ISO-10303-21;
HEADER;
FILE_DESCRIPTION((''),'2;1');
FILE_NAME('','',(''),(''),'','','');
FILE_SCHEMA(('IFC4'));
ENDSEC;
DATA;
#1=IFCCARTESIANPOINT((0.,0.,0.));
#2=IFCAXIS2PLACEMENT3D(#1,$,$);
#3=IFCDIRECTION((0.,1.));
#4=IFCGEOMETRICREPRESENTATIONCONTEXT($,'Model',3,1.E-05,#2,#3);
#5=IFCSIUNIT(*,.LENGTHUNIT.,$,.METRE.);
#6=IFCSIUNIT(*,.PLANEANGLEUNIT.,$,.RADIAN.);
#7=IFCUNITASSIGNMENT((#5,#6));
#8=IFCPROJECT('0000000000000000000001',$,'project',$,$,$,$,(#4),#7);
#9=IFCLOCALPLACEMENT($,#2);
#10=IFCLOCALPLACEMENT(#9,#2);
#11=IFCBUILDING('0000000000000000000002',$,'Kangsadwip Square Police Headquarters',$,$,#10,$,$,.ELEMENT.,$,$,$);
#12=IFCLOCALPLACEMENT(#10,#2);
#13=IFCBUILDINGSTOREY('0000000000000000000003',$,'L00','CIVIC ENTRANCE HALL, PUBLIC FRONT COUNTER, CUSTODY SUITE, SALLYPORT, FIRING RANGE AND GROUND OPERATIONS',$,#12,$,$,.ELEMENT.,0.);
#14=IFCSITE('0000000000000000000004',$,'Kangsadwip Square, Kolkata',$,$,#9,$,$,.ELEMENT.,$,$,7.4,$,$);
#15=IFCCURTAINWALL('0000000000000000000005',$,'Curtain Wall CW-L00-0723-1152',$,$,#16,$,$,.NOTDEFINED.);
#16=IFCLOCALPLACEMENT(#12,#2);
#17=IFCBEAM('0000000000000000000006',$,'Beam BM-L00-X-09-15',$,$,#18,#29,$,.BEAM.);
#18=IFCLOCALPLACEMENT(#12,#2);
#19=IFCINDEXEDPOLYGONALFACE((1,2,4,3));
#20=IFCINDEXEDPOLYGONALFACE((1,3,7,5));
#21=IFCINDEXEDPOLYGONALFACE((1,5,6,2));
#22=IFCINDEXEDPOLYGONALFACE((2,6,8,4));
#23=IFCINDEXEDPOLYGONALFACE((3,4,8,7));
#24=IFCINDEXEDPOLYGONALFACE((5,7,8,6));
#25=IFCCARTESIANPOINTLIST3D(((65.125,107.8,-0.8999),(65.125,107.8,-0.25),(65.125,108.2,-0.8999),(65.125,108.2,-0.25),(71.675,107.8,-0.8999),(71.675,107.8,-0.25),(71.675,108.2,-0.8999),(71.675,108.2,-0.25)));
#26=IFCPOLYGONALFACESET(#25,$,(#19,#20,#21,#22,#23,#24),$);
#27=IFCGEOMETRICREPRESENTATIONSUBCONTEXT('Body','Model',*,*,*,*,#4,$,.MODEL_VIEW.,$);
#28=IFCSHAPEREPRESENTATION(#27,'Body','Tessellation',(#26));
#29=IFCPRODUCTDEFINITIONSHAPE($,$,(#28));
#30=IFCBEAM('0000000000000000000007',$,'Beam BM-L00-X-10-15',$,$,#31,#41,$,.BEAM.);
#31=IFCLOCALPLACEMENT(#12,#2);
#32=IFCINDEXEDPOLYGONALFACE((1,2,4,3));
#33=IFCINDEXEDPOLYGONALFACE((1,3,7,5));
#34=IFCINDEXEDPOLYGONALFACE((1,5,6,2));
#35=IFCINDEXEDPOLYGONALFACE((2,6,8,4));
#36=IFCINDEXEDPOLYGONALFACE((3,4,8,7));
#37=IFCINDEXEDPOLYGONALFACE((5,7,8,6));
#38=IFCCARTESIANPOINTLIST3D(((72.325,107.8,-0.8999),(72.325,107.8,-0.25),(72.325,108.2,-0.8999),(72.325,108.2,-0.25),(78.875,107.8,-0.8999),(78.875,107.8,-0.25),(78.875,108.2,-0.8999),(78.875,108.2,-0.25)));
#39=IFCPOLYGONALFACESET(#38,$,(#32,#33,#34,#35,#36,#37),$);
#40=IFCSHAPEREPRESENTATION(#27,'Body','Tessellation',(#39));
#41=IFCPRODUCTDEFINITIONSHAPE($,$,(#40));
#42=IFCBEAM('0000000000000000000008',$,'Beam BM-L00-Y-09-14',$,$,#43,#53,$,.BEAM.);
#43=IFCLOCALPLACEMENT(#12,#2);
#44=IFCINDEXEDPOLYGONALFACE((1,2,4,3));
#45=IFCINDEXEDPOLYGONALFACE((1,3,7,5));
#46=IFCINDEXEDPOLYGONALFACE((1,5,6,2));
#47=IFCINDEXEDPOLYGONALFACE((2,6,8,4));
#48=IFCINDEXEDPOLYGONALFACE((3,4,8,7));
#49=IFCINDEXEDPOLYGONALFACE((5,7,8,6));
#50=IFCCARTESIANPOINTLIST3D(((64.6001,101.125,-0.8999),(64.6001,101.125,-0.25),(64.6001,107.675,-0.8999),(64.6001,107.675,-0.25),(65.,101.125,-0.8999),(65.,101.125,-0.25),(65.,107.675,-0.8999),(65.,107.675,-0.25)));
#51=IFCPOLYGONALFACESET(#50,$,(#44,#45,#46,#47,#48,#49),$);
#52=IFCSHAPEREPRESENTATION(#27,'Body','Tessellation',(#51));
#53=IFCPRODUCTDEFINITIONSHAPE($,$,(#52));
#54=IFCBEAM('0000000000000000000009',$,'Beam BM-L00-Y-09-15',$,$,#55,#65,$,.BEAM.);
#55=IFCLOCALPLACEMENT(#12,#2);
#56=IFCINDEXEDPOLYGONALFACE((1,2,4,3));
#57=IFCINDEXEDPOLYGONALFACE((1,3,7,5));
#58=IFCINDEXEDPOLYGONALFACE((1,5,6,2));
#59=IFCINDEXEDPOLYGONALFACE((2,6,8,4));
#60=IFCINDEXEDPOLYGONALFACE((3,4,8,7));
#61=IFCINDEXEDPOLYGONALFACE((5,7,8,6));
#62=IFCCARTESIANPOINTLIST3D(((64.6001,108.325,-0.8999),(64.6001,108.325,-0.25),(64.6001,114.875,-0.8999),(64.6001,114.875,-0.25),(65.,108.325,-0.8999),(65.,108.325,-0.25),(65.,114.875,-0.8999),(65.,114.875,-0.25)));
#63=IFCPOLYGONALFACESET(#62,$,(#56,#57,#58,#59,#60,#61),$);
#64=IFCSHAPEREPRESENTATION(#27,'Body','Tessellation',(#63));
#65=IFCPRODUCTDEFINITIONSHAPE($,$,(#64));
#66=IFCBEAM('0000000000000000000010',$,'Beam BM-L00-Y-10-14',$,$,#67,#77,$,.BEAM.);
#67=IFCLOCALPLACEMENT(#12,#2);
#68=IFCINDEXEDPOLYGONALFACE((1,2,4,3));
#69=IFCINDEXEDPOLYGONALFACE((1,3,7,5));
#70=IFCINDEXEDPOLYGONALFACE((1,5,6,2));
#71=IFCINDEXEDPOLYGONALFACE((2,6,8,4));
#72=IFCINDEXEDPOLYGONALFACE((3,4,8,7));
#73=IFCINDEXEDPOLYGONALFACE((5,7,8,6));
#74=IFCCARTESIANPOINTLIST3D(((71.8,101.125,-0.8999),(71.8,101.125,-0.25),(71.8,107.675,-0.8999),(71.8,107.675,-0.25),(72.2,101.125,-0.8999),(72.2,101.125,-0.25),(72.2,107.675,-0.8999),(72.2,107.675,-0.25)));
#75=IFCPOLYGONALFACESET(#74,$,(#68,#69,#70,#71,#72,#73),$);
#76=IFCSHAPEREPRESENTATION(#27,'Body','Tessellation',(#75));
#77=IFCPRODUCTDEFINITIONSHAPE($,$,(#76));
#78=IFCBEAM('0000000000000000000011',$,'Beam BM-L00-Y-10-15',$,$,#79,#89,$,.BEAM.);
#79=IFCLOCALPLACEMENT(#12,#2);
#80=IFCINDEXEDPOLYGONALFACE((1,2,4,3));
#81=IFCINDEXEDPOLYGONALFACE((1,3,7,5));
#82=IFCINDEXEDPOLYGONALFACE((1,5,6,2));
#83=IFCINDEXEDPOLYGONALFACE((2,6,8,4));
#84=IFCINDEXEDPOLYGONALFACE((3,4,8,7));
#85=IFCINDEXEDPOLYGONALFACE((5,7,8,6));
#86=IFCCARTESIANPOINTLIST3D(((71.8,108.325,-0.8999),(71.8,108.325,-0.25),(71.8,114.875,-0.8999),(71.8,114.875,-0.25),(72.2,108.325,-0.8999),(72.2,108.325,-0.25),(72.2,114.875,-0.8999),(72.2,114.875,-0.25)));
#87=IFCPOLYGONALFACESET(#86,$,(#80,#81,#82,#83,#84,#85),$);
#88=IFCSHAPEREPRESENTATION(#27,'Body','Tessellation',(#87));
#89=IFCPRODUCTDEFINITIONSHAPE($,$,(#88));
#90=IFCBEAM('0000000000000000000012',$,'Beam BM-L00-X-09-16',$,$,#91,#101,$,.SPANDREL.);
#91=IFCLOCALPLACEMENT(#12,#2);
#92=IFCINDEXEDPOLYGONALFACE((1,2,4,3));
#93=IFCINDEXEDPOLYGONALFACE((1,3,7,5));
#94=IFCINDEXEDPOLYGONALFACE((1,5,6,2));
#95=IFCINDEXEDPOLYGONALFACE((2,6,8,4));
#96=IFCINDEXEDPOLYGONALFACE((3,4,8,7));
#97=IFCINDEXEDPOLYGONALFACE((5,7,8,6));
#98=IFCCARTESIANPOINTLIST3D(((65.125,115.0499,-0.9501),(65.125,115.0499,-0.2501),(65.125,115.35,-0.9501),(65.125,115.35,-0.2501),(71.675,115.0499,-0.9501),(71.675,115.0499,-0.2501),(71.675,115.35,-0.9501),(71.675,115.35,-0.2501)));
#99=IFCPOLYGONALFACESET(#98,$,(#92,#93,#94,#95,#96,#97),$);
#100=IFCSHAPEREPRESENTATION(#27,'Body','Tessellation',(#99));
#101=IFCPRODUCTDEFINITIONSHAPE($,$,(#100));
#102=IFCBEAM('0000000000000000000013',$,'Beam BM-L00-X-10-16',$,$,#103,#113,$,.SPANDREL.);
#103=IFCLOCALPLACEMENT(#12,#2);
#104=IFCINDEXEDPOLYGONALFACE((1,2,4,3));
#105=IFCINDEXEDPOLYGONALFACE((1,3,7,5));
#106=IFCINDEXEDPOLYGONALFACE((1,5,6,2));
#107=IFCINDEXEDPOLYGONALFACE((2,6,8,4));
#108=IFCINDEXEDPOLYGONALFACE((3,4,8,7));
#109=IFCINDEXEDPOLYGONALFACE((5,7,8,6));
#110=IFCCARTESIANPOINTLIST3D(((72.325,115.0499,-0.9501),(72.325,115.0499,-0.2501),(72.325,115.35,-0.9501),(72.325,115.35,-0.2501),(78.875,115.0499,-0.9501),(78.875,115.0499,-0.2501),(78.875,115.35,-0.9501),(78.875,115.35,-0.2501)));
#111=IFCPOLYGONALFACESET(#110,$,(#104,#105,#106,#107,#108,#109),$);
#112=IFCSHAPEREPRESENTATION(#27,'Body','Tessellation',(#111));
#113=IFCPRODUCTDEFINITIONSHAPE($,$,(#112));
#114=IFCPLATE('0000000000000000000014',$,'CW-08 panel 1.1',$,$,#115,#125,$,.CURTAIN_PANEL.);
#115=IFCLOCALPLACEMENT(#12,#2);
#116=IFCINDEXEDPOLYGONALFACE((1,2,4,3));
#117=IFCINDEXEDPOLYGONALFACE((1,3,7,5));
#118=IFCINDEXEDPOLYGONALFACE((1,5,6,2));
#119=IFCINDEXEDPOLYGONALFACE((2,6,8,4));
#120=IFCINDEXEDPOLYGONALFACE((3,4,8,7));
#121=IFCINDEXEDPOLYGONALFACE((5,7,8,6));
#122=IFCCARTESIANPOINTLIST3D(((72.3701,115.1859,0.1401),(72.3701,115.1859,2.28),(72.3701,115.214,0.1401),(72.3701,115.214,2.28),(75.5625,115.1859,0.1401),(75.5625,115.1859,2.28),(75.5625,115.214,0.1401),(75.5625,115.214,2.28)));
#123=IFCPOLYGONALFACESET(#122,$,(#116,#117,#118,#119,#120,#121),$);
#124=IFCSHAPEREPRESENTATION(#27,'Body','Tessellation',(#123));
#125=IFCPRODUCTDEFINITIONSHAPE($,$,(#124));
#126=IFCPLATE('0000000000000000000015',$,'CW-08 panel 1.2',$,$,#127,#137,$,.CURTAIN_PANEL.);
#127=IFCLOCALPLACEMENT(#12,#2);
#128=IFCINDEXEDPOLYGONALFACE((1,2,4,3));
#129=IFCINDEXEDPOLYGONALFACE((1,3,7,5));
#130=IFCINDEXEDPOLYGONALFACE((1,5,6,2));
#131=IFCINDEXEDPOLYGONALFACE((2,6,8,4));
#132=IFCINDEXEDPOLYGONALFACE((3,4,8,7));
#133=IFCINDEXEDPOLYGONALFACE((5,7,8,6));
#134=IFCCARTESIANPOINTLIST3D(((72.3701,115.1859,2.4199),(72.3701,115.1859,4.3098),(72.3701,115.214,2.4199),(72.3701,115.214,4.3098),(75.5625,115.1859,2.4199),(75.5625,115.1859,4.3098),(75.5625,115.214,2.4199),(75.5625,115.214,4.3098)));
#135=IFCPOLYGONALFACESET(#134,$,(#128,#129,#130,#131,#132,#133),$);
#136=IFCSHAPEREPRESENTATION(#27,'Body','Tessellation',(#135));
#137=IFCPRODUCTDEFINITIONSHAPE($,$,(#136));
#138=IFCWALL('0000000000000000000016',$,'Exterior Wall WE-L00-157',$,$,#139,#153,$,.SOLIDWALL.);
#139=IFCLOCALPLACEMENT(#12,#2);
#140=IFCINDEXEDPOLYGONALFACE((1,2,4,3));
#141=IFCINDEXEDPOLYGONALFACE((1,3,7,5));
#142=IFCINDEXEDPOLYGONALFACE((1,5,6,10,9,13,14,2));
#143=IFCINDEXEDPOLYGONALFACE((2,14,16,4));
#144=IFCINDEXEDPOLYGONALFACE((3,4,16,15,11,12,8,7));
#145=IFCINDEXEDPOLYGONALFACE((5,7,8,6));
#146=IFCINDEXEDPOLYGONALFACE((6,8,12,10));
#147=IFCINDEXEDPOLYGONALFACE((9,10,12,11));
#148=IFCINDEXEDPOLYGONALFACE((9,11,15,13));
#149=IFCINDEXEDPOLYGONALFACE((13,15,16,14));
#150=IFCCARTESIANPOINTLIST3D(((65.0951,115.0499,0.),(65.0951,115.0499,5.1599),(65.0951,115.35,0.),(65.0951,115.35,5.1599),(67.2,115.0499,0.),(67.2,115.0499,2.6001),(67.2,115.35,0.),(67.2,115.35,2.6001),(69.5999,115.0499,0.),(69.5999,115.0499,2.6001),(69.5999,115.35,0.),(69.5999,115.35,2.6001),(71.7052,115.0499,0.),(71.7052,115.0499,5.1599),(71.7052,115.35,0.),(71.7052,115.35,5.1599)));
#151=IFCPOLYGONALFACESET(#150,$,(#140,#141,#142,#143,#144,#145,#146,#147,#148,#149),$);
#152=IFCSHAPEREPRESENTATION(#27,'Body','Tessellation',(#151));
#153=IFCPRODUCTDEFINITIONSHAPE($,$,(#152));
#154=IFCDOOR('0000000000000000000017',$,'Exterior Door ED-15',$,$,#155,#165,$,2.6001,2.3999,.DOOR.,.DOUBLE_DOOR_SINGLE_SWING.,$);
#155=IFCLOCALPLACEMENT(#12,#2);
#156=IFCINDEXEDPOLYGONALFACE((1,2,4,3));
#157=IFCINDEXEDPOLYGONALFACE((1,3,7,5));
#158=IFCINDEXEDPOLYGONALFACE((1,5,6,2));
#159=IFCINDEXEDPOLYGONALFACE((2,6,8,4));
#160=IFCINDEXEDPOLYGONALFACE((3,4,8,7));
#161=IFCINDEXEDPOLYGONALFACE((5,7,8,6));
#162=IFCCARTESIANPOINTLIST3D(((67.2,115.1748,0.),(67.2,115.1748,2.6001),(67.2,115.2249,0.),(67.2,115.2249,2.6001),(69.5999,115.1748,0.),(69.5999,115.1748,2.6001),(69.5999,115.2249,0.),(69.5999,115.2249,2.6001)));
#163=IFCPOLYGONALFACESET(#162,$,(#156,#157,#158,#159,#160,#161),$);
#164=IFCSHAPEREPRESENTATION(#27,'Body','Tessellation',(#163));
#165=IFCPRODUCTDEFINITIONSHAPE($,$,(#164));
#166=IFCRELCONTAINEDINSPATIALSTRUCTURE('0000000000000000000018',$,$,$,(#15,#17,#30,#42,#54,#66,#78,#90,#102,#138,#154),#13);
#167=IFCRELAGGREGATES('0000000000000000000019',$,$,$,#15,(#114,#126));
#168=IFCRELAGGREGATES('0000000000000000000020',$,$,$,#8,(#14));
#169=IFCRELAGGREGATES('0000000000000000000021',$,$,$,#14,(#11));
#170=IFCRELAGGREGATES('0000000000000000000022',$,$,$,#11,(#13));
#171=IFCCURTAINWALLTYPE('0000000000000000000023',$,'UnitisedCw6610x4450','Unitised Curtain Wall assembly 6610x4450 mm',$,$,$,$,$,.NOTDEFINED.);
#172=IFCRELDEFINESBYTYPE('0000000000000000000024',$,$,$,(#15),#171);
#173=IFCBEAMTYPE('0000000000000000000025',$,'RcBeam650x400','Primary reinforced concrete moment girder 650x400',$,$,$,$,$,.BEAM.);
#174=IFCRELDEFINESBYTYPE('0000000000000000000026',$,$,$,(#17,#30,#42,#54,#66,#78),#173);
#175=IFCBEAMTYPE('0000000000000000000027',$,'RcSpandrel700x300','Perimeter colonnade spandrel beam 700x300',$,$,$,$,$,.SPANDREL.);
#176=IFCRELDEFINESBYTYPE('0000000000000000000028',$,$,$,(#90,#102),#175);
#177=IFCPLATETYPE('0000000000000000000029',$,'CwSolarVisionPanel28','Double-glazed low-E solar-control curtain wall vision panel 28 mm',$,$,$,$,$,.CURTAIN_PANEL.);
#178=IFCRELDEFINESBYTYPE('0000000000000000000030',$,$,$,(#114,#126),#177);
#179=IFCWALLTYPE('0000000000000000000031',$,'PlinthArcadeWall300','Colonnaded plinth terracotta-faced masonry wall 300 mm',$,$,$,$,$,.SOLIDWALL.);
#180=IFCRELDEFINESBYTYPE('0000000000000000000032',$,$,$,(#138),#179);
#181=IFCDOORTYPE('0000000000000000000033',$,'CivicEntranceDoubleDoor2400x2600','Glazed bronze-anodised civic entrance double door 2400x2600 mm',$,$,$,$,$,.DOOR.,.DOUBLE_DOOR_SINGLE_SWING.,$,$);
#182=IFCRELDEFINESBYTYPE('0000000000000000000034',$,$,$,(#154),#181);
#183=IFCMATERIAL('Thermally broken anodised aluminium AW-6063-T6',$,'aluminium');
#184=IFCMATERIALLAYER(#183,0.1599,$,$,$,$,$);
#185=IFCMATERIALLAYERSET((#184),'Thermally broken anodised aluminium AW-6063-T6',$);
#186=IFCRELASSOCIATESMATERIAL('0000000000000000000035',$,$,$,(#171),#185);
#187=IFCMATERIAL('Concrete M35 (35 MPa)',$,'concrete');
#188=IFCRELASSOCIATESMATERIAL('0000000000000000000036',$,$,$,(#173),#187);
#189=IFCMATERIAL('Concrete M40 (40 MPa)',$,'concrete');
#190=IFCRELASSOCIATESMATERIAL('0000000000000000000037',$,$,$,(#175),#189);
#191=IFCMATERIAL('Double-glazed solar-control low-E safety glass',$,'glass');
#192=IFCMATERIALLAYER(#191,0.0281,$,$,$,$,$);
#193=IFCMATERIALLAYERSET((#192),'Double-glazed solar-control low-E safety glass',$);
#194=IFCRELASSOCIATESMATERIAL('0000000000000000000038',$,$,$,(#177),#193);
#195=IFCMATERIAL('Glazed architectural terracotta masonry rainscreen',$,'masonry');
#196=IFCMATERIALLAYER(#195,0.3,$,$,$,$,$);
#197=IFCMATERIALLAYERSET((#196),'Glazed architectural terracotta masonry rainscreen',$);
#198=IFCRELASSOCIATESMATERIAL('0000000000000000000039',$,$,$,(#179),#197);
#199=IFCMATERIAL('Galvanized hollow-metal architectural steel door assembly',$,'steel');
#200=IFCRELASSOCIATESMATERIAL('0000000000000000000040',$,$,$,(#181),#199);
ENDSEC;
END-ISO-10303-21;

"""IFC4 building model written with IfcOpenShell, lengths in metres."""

from ifc_helpers import new_model, si_unit, direction, frame, frame_2d, origin, origin_2d, place, context, subcontext, project, spatial, rectangle, extrude, material, layer, layer_set, material_profile, profile_set, type_object, element, fill, aggregate, save


model = new_model("IFC4")

# Units and contexts
model_context = context("Model", 3, precision=1e-05, world=origin(), true_north=direction((0.0, 1.0)))
body_context = subcontext(model_context, "Body", "Model", "MODEL_VIEW")
ifc_project = project(units=[si_unit("LENGTHUNIT", "METRE"), si_unit("PLANEANGLEUNIT", "RADIAN")], contexts=[model_context])

# Site, building, storey
site_placement = place(None, origin())
site = spatial("IfcSite", under=ifc_project, at=site_placement, Name="Kangsadwip Square, Kolkata", CompositionType="ELEMENT", RefElevation=7.4)
building_placement = place(site_placement, origin())
building = spatial("IfcBuilding", under=site, at=building_placement, Name="Kangsadwip Square Police Headquarters", CompositionType="ELEMENT")
storey_placement = place(building_placement, origin())
storey = spatial("IfcBuildingStorey", under=building, at=storey_placement, Name="L00", Description="CIVIC ENTRANCE HALL, PUBLIC FRONT COUNTER, CUSTODY SUITE, SALLYPORT, FIRING RANGE AND GROUND OPERATIONS", CompositionType="ELEMENT", Elevation=0.0)

# Curtain wall
ifc_material_1 = material(Name="Thermally broken anodised aluminium AW-6063-T6", Category="aluminium")
ifc_layer_1 = layer(ifc_material_1, 0.1599)
ifc_layer_set_1 = layer_set([ifc_layer_1], Name="Thermally broken anodised aluminium AW-6063-T6")
curtain_wall_type = type_object("IfcCurtainWallType", Name="UnitisedCw6610x4450", Description="Unitised Curtain Wall assembly 6610x4450 mm", PredefinedType="NOTDEFINED", material=ifc_layer_set_1)
curtain_wall_placement = place(storey_placement, origin())
curtain_wall = element("IfcCurtainWall", 1, at=curtain_wall_placement, inside=storey, type_object=curtain_wall_type, Name="Curtain Wall CW-L00-0723-1152", PredefinedType="NOTDEFINED")

# Beams
ifc_material_2 = material(Name="Concrete M35 (35 MPa)", Category="concrete")
ifc_material_profile_1 = material_profile(ifc_material_2, rectangle(XDim=0.3999, YDim=0.6499, at=origin_2d()), Name="RC BM 650X400")
ifc_profile_set_1 = profile_set([ifc_material_profile_1], Name="Concrete M35 (35 MPa)")
beam_type_1 = type_object("IfcBeamType", Name="RcBeam650x400", Description="Primary reinforced concrete moment girder 650x400", PredefinedType="BEAM", material=ifc_profile_set_1)
for number, where, z_axis, x_axis, name in (
    (2, (65.125, 108.0, -0.575), (1.0, 0.0, 0.0), (0.0, 1.0, 0.0), "Beam BM-L00-X-09-15"),
    (3, (72.325, 108.0, -0.575), (1.0, 0.0, 0.0), (0.0, 1.0, 0.0), "Beam BM-L00-X-10-15"),
    (4, (64.8, 101.125, -0.575), (0.0, 1.0, 0.0), (-1.0, 0.0, 0.0), "Beam BM-L00-Y-09-14"),
    (5, (64.8, 108.325, -0.575), (0.0, 1.0, 0.0), (-1.0, 0.0, 0.0), "Beam BM-L00-Y-09-15"),
    (6, (72.0, 101.125, -0.575), (0.0, 1.0, 0.0), (-1.0, 0.0, 0.0), "Beam BM-L00-Y-10-14"),
    (7, (72.0, 108.325, -0.575), (0.0, 1.0, 0.0), (-1.0, 0.0, 0.0), "Beam BM-L00-Y-10-15"),
):
    element("IfcBeam", number, at=place(storey_placement, frame(where, z_axis=z_axis, x_axis=x_axis)), inside=storey, type_object=beam_type_1, Name=name, PredefinedType="BEAM", context=body_context, shape_type="SweptSolid", body=[
        extrude(rectangle(XDim=0.3999, YDim=0.6499, at=origin_2d()), origin(), (0.0, 0.0, 1.0), 6.55),
    ])
ifc_material_3 = material(Name="Concrete M40 (40 MPa)", Category="concrete")
ifc_material_profile_2 = material_profile(ifc_material_3, rectangle(XDim=0.3, YDim=0.7, at=origin_2d()), Name="RC SPN 700X300")
ifc_profile_set_2 = profile_set([ifc_material_profile_2], Name="Concrete M40 (40 MPa)")
beam_type_2 = type_object("IfcBeamType", Name="RcSpandrel700x300", Description="Perimeter colonnade spandrel beam 700x300", PredefinedType="SPANDREL", material=ifc_profile_set_2)
for number, where, z_axis, x_axis, name in (
    (8, (65.125, 115.2, -0.6001), (1.0, 0.0, 0.0), (0.0, 1.0, 0.0), "Beam BM-L00-X-09-16"),
    (9, (72.325, 115.2, -0.6001), (1.0, 0.0, 0.0), (0.0, 1.0, 0.0), "Beam BM-L00-X-10-16"),
):
    element("IfcBeam", number, at=place(storey_placement, frame(where, z_axis=z_axis, x_axis=x_axis)), inside=storey, type_object=beam_type_2, Name=name, PredefinedType="SPANDREL", context=body_context, shape_type="SweptSolid", body=[
        extrude(rectangle(XDim=0.3, YDim=0.7, at=origin_2d()), origin(), (0.0, 0.0, 1.0), 6.55),
    ])

# Plates
ifc_material_4 = material(Name="Double-glazed solar-control low-E safety glass", Category="glass")
ifc_layer_2 = layer(ifc_material_4, 0.0281)
ifc_layer_set_2 = layer_set([ifc_layer_2], Name="Double-glazed solar-control low-E safety glass")
plate_type = type_object("IfcPlateType", Name="CwSolarVisionPanel28", Description="Double-glazed low-E solar-control curtain wall vision panel 28 mm", PredefinedType="CURTAIN_PANEL", material=ifc_layer_set_2)
plate_1_placement = place(storey_placement, frame((73.9663, 115.2, 0.1401), z_axis=(0.0, 0.0, 1.0), x_axis=(1.0, 0.0, 0.0)))
plate_1 = element("IfcPlate", 10, at=plate_1_placement, type_object=plate_type, Name="CW-08 panel 1.1", PredefinedType="CURTAIN_PANEL", context=body_context, shape_type="SweptSolid", body=[
    extrude(rectangle(XDim=3.1924, YDim=0.0281, at=origin_2d()), origin(), (0.0, 0.0, 1.0), 2.1399),
])
plate_2_placement = place(storey_placement, frame((73.9663, 115.2, 2.4199), z_axis=(0.0, 0.0, 1.0), x_axis=(1.0, 0.0, 0.0)))
plate_2 = element("IfcPlate", 11, at=plate_2_placement, type_object=plate_type, Name="CW-08 panel 1.2", PredefinedType="CURTAIN_PANEL", context=body_context, shape_type="SweptSolid", body=[
    extrude(rectangle(XDim=3.1924, YDim=0.0281, at=origin_2d()), origin(), (0.0, 0.0, 1.0), 1.8899),
])
aggregate(curtain_wall, [plate_1, plate_2])

# Wall, opening, door
ifc_material_5 = material(Name="Glazed architectural terracotta masonry rainscreen", Category="masonry")
ifc_layer_3 = layer(ifc_material_5, 0.3)
ifc_layer_set_3 = layer_set([ifc_layer_3], Name="Glazed architectural terracotta masonry rainscreen")
wall_type = type_object("IfcWallType", Name="PlinthArcadeWall300", Description="Colonnaded plinth terracotta-faced masonry wall 300 mm", PredefinedType="SOLIDWALL", material=ifc_layer_set_3)
wall_placement = place(storey_placement, frame((65.095, 115.2, 0.0), z_axis=(0.0, 0.0, 1.0), x_axis=(1.0, 0.0, 0.0)))
wall = element("IfcWall", 12, at=wall_placement, inside=storey, type_object=wall_type, Name="Exterior Wall WE-L00-157", PredefinedType="SOLIDWALL", context=body_context, shape_type="SweptSolid", body=[
    extrude(rectangle(XDim=6.6101, YDim=0.3, at=frame_2d((3.3052, 0.0))), origin(), (0.0, 0.0, 1.0), 5.1599),
])
opening_placement = place(wall_placement, frame((2.105, 0.0, 0.0)))
opening = element("IfcOpeningElement", 13, at=opening_placement, cuts=wall, PredefinedType="OPENING", context=body_context, shape_type="SweptSolid", body=[
    extrude(rectangle(XDim=2.3999, YDim=2.6001, at=frame_2d((1.2, 1.3))), frame((0.0, 0.1599, 0.0), z_axis=(0.0, -1.0, 0.0), x_axis=(1.0, 0.0, 0.0)), (0.0, 0.0, 1.0), 0.3201),
])
ifc_material_6 = material(Name="Galvanized hollow-metal architectural steel door assembly", Category="steel")
door_type = type_object("IfcDoorType", Name="CivicEntranceDoubleDoor2400x2600", Description="Glazed bronze-anodised civic entrance double door 2400x2600 mm", OperationType="DOUBLE_DOOR_SINGLE_SWING", PredefinedType="DOOR", material=ifc_material_6)
door_placement = place(opening_placement, origin())
door = element("IfcDoor", 14, at=door_placement, inside=storey, type_object=door_type, Name="Exterior Door ED-15", OperationType="DOUBLE_DOOR_SINGLE_SWING", OverallHeight=2.6001, OverallWidth=2.3999, PredefinedType="DOOR", context=body_context, shape_type="SweptSolid", body=[
    extrude(rectangle(XDim=2.3999, YDim=2.6001, at=frame_2d((1.2, 1.3))), frame((0.0, 0.0249, 0.0), z_axis=(0.0, -1.0, 0.0), x_axis=(1.0, 0.0, 0.0)), (0.0, 0.0, 1.0), 0.05),
])
fill(opening, door)

save(model, "model.ifc")
